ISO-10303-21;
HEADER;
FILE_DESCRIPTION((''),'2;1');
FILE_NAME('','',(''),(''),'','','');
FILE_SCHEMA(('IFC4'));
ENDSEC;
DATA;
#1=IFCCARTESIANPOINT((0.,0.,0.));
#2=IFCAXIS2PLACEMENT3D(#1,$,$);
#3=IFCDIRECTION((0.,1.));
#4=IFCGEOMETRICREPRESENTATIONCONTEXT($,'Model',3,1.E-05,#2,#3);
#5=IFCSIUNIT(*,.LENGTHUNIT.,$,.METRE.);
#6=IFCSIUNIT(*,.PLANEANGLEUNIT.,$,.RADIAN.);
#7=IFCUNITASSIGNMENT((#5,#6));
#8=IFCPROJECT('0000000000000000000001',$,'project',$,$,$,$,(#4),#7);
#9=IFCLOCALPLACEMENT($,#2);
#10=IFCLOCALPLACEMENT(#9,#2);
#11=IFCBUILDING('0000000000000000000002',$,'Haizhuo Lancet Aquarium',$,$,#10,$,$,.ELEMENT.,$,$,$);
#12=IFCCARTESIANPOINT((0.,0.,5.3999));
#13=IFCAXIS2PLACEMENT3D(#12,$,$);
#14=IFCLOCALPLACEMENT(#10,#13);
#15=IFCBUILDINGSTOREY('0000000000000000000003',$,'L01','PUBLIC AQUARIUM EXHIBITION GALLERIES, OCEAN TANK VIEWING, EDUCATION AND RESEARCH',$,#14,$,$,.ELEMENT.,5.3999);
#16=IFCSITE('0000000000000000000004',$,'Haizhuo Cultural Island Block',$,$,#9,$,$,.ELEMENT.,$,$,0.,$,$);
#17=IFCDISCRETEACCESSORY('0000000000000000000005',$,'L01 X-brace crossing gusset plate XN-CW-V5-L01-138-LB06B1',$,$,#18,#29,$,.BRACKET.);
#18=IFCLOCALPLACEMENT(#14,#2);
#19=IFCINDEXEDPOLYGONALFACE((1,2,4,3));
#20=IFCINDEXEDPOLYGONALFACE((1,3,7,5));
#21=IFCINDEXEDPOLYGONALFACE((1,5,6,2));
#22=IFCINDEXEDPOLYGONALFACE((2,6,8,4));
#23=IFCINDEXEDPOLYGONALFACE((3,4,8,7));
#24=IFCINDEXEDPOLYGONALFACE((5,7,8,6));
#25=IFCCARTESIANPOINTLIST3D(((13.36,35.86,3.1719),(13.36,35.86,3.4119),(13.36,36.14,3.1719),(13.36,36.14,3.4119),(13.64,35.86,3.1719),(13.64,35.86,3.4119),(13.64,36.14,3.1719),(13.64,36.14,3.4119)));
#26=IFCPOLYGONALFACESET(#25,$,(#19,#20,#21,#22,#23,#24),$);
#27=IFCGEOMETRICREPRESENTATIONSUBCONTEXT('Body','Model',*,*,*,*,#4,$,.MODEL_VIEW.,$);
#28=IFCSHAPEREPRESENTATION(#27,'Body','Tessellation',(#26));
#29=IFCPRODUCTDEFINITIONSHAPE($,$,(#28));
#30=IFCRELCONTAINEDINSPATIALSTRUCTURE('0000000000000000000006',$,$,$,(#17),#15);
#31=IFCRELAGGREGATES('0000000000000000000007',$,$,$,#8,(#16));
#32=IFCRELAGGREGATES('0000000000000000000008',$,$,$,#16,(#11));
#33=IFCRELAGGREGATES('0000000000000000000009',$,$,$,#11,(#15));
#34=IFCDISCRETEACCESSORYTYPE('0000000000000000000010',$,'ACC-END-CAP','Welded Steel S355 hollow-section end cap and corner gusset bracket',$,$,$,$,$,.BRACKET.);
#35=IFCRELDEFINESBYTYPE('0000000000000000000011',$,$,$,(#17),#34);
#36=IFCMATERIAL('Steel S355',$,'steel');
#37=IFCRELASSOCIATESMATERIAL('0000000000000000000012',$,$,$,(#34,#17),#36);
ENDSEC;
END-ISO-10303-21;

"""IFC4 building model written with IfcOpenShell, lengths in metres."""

from ifc_helpers import new_model, si_unit, direction, frame, origin, origin_2d, place, context, subcontext, project, spatial, rectangle, extrude, material, type_object, element, save


model = new_model("IFC4")

# Units and contexts
model_context = context("Model", 3, precision=1e-05, world=origin(), true_north=direction((0.0, 1.0)))
body_context = subcontext(model_context, "Body", "Model", "MODEL_VIEW")
ifc_project = project(units=[si_unit("LENGTHUNIT", "METRE"), si_unit("PLANEANGLEUNIT", "RADIAN")], contexts=[model_context])

# Site, building, storey
site_placement = place(None, origin())
site = spatial("IfcSite", under=ifc_project, at=site_placement, Name="Haizhuo Cultural Island Block", CompositionType="ELEMENT", RefElevation=0.0)
building_placement = place(site_placement, origin())
building = spatial("IfcBuilding", under=site, at=building_placement, Name="Haizhuo Lancet Aquarium", CompositionType="ELEMENT")
storey_placement = place(building_placement, frame((0.0, 0.0, 5.3999)))
storey = spatial("IfcBuildingStorey", under=building, at=storey_placement, Name="L01", Description="PUBLIC AQUARIUM EXHIBITION GALLERIES, OCEAN TANK VIEWING, EDUCATION AND RESEARCH", CompositionType="ELEMENT", Elevation=5.3999)

# Shared definitions
ifc_material_1 = material(Name="Steel S355", Category="steel")

# Discrete accessory
discrete_accessory_type = type_object("IfcDiscreteAccessoryType", Name="ACC-END-CAP", Description="Welded Steel S355 hollow-section end cap and corner gusset bracket", PredefinedType="BRACKET", material=ifc_material_1)
for number, where, z_axis, x_axis, name in (
    (1, (13.5, 36.0, 3.1719), (0.0, 0.0, 1.0), (1.0, 0.0, 0.0), "L01 X-brace crossing gusset plate XN-CW-V5-L01-138-LB06B1"),
):
    element("IfcDiscreteAccessory", number, at=place(storey_placement, frame(where, z_axis=z_axis, x_axis=x_axis)), inside=storey, type_object=discrete_accessory_type, material=ifc_material_1, Name=name, PredefinedType="BRACKET", context=body_context, shape_type="SweptSolid", body=[
        extrude(rectangle(XDim=0.28, YDim=0.28, at=origin_2d()), origin(), (0.0, 0.0, 1.0), 0.24),
    ])

save(model, "model.ifc")
